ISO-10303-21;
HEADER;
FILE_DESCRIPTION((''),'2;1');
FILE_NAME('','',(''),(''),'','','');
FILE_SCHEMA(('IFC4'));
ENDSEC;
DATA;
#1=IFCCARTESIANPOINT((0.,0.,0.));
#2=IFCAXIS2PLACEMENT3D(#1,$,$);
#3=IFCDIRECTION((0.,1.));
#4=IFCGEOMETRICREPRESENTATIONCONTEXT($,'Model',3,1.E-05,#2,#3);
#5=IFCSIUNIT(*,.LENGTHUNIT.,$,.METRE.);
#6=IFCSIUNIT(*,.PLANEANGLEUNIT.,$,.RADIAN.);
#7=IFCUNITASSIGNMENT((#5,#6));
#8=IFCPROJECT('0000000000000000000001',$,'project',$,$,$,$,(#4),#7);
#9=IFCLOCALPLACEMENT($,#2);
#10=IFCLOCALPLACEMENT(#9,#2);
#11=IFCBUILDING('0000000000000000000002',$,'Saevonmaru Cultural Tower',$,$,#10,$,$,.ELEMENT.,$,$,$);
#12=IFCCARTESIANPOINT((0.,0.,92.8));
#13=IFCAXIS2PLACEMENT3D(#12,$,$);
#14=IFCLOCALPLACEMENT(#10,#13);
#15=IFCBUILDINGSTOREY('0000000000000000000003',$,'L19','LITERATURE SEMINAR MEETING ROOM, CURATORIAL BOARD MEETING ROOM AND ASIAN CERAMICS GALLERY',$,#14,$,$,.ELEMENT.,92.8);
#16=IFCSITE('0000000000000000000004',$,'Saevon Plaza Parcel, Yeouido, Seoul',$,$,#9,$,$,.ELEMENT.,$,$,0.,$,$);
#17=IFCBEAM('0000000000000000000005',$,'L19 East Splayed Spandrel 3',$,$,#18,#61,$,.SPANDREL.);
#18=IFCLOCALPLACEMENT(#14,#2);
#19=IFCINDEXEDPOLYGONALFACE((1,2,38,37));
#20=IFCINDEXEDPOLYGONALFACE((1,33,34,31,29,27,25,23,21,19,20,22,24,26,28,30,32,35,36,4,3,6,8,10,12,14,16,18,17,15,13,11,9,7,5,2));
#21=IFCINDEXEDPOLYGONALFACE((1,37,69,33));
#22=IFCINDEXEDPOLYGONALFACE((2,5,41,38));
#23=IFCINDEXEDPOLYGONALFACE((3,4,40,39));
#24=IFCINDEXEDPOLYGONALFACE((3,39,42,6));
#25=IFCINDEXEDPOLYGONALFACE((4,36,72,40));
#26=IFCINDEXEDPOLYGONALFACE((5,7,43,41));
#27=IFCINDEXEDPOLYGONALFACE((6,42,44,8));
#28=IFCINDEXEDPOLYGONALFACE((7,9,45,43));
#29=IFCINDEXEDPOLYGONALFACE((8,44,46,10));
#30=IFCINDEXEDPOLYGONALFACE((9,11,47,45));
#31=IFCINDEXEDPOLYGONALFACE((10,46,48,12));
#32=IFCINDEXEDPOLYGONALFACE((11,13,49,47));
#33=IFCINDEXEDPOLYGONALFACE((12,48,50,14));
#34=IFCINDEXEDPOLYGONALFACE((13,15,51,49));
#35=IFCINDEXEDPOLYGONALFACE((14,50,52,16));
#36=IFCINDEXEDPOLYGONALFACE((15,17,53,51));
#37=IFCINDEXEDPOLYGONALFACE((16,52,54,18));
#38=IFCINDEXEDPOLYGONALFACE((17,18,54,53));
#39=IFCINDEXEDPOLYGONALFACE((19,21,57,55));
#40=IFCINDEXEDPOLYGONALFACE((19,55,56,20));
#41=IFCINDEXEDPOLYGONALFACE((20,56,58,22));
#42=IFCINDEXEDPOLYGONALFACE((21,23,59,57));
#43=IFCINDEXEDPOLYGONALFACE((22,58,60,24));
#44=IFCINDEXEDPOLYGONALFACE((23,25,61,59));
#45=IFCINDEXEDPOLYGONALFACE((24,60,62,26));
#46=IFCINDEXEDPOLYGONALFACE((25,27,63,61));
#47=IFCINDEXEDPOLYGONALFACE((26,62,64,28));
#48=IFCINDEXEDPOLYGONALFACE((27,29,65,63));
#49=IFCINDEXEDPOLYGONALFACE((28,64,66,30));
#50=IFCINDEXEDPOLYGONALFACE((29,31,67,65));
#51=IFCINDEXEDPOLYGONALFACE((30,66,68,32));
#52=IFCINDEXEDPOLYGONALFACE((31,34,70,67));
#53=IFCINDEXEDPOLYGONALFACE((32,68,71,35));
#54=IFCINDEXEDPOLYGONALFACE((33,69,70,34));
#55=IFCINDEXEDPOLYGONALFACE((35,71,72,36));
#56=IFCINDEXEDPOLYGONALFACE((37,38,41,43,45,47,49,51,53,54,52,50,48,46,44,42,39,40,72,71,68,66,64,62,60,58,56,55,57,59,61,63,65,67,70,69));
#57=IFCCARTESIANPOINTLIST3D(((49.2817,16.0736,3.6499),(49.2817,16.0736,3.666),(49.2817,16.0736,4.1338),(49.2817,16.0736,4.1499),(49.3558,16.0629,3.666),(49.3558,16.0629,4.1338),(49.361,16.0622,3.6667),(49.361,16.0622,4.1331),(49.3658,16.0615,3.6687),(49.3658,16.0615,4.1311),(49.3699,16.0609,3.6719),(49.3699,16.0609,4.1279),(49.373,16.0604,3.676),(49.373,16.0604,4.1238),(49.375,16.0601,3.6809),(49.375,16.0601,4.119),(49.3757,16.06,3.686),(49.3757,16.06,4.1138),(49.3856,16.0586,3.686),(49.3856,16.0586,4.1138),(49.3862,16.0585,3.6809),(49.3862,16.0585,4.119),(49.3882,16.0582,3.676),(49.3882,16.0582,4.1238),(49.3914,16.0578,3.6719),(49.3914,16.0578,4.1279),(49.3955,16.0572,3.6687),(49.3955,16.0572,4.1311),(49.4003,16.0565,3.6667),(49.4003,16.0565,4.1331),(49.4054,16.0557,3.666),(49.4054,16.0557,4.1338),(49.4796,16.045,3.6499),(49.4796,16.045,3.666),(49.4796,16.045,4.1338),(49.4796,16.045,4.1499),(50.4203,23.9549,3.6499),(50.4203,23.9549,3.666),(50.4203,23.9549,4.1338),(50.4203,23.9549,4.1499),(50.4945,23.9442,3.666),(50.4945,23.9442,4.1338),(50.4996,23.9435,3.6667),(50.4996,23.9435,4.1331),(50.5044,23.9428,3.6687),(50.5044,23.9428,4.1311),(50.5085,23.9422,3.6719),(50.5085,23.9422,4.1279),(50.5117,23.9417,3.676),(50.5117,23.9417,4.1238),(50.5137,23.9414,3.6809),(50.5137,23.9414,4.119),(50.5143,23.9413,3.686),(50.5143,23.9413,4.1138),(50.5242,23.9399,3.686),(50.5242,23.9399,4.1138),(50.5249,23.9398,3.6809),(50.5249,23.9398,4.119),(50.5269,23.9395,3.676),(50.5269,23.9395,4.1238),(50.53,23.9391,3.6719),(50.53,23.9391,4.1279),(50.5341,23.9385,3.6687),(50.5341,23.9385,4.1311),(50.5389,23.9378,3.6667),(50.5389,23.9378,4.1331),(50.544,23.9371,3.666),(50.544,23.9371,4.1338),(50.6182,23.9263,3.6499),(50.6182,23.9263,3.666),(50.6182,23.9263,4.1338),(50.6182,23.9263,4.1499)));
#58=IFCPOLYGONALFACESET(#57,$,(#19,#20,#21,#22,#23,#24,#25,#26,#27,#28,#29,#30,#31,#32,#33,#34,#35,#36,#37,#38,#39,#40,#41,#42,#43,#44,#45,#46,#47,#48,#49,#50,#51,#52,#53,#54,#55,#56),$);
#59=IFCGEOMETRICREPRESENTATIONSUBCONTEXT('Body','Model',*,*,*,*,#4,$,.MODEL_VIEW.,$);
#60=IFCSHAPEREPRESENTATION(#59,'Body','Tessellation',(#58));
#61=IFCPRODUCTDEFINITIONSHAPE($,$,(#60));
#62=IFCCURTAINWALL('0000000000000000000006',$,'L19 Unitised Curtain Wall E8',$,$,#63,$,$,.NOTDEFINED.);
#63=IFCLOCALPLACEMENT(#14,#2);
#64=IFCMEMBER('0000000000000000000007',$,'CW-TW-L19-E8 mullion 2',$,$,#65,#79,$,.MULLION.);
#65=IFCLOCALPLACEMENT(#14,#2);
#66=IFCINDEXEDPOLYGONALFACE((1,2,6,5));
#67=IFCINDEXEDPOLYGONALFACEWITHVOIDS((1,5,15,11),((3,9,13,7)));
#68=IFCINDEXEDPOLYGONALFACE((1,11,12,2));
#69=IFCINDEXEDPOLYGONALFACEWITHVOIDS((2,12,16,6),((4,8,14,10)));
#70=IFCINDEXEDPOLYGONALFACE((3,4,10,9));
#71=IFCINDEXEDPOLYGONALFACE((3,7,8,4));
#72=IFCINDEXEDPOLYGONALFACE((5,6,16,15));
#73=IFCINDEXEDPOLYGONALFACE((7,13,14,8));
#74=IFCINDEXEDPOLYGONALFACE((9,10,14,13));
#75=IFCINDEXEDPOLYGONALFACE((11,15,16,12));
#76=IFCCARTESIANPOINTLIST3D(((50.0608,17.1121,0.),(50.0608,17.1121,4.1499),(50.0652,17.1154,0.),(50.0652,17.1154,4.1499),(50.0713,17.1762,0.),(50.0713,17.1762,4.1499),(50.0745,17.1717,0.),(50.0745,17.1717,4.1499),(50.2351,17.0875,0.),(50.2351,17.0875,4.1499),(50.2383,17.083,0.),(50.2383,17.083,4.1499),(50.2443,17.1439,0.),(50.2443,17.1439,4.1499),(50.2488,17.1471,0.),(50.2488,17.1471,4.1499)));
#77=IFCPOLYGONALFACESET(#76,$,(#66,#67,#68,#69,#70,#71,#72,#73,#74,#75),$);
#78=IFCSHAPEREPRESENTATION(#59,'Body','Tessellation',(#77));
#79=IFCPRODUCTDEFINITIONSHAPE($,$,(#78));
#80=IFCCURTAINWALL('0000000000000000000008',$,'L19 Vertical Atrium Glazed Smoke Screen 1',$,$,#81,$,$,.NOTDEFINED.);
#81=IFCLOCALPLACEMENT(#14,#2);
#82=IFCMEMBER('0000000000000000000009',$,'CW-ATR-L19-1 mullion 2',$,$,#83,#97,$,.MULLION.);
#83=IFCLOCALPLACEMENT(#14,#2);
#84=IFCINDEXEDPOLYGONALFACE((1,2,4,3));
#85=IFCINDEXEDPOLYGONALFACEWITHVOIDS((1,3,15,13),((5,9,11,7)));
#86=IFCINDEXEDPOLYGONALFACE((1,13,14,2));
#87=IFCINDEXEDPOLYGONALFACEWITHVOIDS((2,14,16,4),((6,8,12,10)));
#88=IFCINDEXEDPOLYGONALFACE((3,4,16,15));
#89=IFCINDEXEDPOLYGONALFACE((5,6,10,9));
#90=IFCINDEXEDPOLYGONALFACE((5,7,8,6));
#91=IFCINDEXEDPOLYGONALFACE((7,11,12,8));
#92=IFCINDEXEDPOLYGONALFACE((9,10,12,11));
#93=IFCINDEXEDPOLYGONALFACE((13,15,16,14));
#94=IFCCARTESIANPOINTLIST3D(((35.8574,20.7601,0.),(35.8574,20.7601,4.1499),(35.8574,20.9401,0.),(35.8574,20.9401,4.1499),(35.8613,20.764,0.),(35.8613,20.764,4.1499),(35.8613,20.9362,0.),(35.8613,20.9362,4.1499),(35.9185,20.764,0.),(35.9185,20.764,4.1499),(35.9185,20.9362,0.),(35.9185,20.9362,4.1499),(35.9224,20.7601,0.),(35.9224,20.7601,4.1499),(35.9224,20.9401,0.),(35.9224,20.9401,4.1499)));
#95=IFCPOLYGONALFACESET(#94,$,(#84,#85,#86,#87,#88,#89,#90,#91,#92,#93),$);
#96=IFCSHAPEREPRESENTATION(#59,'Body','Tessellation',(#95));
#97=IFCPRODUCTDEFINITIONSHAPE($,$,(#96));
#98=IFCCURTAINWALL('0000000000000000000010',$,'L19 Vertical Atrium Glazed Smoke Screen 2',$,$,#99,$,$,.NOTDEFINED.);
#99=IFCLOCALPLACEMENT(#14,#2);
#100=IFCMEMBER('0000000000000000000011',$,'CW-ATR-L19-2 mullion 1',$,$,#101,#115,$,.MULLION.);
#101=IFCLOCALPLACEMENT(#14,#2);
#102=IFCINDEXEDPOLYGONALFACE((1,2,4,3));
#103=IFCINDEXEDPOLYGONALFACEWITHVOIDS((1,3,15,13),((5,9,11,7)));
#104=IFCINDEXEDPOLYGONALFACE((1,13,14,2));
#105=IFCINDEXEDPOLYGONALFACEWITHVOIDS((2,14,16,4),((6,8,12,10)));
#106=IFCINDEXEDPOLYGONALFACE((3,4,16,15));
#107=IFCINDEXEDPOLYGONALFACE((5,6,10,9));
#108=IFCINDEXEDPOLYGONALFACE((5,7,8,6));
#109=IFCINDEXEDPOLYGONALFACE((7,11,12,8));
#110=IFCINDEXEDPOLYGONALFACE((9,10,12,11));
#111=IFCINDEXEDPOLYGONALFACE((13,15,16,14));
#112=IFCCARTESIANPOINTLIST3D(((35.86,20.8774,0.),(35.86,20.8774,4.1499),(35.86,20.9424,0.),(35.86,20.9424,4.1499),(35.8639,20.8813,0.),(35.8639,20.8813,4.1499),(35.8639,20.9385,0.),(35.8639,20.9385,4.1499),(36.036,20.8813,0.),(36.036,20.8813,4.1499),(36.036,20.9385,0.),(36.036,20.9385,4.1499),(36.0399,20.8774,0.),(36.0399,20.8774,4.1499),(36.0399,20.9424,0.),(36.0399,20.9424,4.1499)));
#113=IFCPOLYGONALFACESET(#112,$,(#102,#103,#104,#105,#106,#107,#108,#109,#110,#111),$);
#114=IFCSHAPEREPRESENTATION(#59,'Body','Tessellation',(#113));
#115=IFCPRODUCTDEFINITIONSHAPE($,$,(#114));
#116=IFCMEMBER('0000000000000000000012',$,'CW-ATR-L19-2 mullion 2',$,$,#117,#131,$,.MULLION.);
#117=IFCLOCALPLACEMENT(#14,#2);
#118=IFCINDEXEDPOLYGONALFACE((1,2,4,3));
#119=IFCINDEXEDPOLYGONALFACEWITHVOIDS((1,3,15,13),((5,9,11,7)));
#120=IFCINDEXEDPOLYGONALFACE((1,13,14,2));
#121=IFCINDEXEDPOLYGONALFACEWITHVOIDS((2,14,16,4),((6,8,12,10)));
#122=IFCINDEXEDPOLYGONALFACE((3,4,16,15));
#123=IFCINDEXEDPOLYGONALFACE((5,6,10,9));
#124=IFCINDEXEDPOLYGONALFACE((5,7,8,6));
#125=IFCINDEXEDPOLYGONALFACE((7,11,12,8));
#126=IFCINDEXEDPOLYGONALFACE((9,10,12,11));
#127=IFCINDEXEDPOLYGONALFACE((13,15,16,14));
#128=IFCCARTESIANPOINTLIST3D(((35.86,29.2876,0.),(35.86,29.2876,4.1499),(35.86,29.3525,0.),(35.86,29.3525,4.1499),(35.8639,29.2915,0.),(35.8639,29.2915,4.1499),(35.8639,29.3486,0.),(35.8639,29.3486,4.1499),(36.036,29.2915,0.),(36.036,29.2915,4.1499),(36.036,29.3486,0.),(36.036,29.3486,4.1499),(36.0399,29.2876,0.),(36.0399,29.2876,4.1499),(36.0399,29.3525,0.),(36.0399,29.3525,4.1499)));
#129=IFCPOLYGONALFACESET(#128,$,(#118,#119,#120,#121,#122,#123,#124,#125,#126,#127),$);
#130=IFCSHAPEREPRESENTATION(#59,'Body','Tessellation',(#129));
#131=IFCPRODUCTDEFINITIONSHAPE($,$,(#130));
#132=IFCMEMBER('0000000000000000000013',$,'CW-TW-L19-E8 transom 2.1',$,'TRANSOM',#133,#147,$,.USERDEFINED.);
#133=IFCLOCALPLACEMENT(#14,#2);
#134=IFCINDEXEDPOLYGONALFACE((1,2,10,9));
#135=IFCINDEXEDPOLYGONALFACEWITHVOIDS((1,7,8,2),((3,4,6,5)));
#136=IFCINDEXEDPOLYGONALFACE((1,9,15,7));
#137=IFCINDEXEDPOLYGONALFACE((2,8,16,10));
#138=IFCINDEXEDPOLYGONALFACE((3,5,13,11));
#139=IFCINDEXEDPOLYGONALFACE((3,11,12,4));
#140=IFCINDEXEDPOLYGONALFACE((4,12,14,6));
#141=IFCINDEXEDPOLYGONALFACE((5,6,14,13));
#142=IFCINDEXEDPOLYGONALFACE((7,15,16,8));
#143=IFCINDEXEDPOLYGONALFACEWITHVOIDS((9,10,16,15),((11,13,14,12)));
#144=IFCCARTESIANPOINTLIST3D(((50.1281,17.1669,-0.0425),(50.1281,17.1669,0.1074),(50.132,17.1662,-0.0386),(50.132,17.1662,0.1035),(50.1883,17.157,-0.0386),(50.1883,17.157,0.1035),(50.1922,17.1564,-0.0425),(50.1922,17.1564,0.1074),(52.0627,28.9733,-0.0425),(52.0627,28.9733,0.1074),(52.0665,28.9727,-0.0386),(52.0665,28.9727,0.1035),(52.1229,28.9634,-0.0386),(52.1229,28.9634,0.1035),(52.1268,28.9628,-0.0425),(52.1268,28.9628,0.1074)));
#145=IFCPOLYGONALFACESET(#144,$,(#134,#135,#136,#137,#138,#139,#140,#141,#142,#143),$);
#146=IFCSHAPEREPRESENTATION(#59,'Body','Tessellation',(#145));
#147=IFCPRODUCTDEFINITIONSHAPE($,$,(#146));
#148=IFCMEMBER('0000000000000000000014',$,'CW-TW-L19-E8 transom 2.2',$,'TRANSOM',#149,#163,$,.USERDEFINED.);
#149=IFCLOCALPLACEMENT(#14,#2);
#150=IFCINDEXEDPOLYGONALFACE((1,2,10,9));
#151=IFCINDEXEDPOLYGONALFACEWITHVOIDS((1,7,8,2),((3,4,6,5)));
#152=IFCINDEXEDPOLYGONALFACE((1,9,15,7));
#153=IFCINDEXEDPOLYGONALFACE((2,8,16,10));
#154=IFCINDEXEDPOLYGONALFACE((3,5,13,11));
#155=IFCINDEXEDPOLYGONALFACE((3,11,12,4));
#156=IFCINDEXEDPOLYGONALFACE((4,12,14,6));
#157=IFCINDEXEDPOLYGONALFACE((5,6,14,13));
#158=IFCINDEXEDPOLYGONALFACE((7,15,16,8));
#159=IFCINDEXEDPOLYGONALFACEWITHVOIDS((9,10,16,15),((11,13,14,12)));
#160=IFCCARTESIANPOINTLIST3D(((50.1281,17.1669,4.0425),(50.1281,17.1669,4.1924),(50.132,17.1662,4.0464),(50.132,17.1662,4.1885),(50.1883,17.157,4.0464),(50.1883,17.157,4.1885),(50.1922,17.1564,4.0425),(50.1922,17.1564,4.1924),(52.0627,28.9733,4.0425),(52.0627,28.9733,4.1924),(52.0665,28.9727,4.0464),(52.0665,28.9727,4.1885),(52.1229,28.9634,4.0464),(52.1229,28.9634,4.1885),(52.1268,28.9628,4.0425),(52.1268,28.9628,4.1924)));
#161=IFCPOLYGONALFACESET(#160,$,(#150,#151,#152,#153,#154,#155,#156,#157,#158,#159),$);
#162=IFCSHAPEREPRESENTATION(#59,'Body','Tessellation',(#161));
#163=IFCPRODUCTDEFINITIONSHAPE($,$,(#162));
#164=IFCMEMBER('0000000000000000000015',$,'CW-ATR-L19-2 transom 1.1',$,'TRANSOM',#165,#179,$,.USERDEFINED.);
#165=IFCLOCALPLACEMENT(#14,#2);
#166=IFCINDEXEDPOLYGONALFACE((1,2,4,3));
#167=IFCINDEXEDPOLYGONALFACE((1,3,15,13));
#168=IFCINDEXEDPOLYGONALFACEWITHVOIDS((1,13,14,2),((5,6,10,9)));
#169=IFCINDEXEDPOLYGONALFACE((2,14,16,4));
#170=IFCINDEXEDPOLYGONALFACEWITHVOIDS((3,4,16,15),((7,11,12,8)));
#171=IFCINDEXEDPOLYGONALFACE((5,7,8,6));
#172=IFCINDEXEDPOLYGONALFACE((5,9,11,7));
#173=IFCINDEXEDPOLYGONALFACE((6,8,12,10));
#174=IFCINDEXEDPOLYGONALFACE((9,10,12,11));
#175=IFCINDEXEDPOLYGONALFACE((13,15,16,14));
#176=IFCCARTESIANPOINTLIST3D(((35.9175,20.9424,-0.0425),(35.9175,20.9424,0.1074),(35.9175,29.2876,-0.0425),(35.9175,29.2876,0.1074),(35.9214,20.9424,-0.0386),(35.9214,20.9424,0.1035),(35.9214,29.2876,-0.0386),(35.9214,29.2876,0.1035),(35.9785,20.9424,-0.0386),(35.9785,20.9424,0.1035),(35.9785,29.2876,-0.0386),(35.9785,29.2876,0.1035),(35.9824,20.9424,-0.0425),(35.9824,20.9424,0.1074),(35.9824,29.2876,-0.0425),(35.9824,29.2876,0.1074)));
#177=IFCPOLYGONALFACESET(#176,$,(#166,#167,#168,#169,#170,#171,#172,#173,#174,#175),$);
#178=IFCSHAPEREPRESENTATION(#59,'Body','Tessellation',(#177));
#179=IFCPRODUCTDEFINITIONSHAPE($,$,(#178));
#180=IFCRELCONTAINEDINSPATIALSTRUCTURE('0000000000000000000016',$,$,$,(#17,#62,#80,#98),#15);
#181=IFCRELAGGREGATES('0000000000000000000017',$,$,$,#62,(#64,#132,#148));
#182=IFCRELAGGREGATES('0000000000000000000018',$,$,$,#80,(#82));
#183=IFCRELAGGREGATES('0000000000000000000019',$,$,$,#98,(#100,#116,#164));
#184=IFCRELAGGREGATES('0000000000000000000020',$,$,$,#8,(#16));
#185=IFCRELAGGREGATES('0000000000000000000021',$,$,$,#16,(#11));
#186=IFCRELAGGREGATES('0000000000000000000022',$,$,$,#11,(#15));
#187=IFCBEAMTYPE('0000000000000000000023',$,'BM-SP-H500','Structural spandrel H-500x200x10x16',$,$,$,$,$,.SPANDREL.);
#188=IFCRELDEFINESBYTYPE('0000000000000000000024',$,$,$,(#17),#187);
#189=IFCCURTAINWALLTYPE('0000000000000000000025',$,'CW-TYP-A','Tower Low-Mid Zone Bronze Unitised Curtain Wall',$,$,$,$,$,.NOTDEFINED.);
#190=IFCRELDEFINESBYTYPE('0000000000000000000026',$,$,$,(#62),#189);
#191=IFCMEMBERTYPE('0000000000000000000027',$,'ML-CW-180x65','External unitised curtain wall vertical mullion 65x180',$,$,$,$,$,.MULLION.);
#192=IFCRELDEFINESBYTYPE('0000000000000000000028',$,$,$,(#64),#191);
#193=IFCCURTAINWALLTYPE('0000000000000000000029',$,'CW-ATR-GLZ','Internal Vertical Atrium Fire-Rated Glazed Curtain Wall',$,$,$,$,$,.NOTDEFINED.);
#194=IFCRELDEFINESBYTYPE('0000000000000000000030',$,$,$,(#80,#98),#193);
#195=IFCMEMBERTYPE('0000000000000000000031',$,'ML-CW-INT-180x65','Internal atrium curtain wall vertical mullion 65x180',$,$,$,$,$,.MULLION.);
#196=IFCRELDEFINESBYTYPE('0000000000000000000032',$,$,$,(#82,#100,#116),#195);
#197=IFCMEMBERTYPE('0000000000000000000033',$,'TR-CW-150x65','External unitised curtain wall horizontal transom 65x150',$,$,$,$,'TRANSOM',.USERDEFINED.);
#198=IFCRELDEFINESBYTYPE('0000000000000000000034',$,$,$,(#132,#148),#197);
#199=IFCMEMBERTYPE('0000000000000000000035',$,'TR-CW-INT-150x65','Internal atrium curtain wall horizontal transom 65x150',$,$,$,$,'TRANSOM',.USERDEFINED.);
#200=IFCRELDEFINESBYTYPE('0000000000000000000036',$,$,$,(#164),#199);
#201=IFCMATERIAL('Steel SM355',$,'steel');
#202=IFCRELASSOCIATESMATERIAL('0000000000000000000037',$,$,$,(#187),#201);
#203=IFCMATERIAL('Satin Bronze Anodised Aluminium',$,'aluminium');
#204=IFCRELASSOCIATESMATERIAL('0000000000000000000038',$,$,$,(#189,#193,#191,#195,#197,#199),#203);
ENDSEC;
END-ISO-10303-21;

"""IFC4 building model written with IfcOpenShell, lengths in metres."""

from ifc_helpers import new_model, si_unit, direction, frame, origin, origin_2d, place, context, subcontext, project, spatial, hollow_rectangle, i_section, extrude, material, material_profile, profile_set, type_object, element, aggregate, save


model = new_model("IFC4")

# Units and contexts
model_context = context("Model", 3, precision=1e-05, world=origin(), true_north=direction((0.0, 1.0)))
body_context = subcontext(model_context, "Body", "Model", "MODEL_VIEW")
ifc_project = project(units=[si_unit("LENGTHUNIT", "METRE"), si_unit("PLANEANGLEUNIT", "RADIAN")], contexts=[model_context])

# Site, building, storey
site_placement = place(None, origin())
site = spatial("IfcSite", under=ifc_project, at=site_placement, Name="Saevon Plaza Parcel, Yeouido, Seoul", CompositionType="ELEMENT", RefElevation=0.0)
building_placement = place(site_placement, origin())
building = spatial("IfcBuilding", under=site, at=building_placement, Name="Saevonmaru Cultural Tower", CompositionType="ELEMENT")
storey_placement = place(building_placement, frame((0.0, 0.0, 92.8)))
storey = spatial("IfcBuildingStorey", under=building, at=storey_placement, Name="L19", Description="LITERATURE SEMINAR MEETING ROOM, CURATORIAL BOARD MEETING ROOM AND ASIAN CERAMICS GALLERY", CompositionType="ELEMENT", Elevation=92.8)

# Beam
ifc_material_1 = material(Name="Steel SM355", Category="steel")
ifc_material_profile_1 = material_profile(ifc_material_1, i_section(OverallWidth=0.2, OverallDepth=0.5, WebThickness=0.01, FlangeThickness=0.0161, FilletRadius=0.02, at=origin_2d()), Name="H-500x200x10x16")
ifc_profile_set_1 = profile_set([ifc_material_profile_1], Name="Steel SM355")
beam_type_1 = type_object("IfcBeamType", Name="BM-SP-H500", Description="Structural spandrel H-500x200x10x16", PredefinedType="SPANDREL", material=ifc_profile_set_1)
beam_1_placement = place(storey_placement, frame((49.3806, 16.0593, 3.8999), z_axis=(0.142992, 0.989724, 0.0), x_axis=(-0.989724, 0.142992, 0.0)))
element("IfcBeam", 1, at=beam_1_placement, inside=storey, type_object=beam_type_1, Name="L19 East Splayed Spandrel 3", PredefinedType="SPANDREL", context=body_context, shape_type="SweptSolid", body=[
    extrude(i_section(OverallWidth=0.2, OverallDepth=0.5, WebThickness=0.01, FlangeThickness=0.0161, FilletRadius=0.02, at=origin_2d()), origin(), (0.0, 0.0, 1.0), 7.9631),
])

# Curtain walls, members
ifc_material_2 = material(Name="Satin Bronze Anodised Aluminium", Category="aluminium")
curtain_wall_type_1 = type_object("IfcCurtainWallType", Name="CW-TYP-A", Description="Tower Low-Mid Zone Bronze Unitised Curtain Wall", PredefinedType="NOTDEFINED", material=ifc_material_2)
curtain_wall_1_placement = place(storey_placement, origin())
curtain_wall_1 = element("IfcCurtainWall", 2, at=curtain_wall_1_placement, inside=storey, type_object=curtain_wall_type_1, Name="L19 Unitised Curtain Wall E8", PredefinedType="NOTDEFINED")
ifc_material_profile_2 = material_profile(ifc_material_2, hollow_rectangle(XDim=0.0649, YDim=0.1799, WallThickness=0.0039, at=origin_2d()), Name="ALU-MULL-180x65x4")
ifc_profile_set_2 = profile_set([ifc_material_profile_2], Name="Satin Bronze Anodised Aluminium")
member_type_1 = type_object("IfcMemberType", Name="ML-CW-180x65", Description="External unitised curtain wall vertical mullion 65x180", PredefinedType="MULLION", material=ifc_profile_set_2)
member_1_placement = place(storey_placement, frame((50.1548, 17.1296, 0.0), z_axis=(0.0, 0.0, 1.0), x_axis=(0.161709, 0.986839, 0.0)))
member_1 = element("IfcMember", 3, at=member_1_placement, type_object=member_type_1, Name="CW-TW-L19-E8 mullion 2", PredefinedType="MULLION", context=body_context, shape_type="SweptSolid", body=[
    extrude(hollow_rectangle(XDim=0.0649, YDim=0.1799, WallThickness=0.0039, at=origin_2d()), origin(), (0.0, 0.0, 1.0), 4.1499),
])
curtain_wall_type_2 = type_object("IfcCurtainWallType", Name="CW-ATR-GLZ", Description="Internal Vertical Atrium Fire-Rated Glazed Curtain Wall", PredefinedType="NOTDEFINED", material=ifc_material_2)
curtain_wall_2_placement = place(storey_placement, origin())
curtain_wall_2 = element("IfcCurtainWall", 4, at=curtain_wall_2_placement, inside=storey, type_object=curtain_wall_type_2, Name="L19 Vertical Atrium Glazed Smoke Screen 1", PredefinedType="NOTDEFINED")
ifc_material_profile_3 = material_profile(ifc_material_2, hollow_rectangle(XDim=0.0649, YDim=0.1799, WallThickness=0.0039, at=origin_2d()), Name="ALU-MULL-180x65x4")
ifc_profile_set_3 = profile_set([ifc_material_profile_3], Name="Satin Bronze Anodised Aluminium")
member_type_2 = type_object("IfcMemberType", Name="ML-CW-INT-180x65", Description="Internal atrium curtain wall vertical mullion 65x180", PredefinedType="MULLION", material=ifc_profile_set_3)
member_2_placement = place(storey_placement, frame((35.8899, 20.8501, 0.0), z_axis=(0.0, 0.0, 1.0), x_axis=(1.0, 0.0, 0.0)))
member_2 = element("IfcMember", 5, at=member_2_placement, type_object=member_type_2, Name="CW-ATR-L19-1 mullion 2", PredefinedType="MULLION", context=body_context, shape_type="SweptSolid", body=[
    extrude(hollow_rectangle(XDim=0.0649, YDim=0.1799, WallThickness=0.0039, at=origin_2d()), origin(), (0.0, 0.0, 1.0), 4.1499),
])

# Curtain wall, members
curtain_wall_3_placement = place(storey_placement, origin())
curtain_wall_3 = element("IfcCurtainWall", 6, at=curtain_wall_3_placement, inside=storey, type_object=curtain_wall_type_2, Name="L19 Vertical Atrium Glazed Smoke Screen 2", PredefinedType="NOTDEFINED")
member_3_placement = place(storey_placement, frame((35.95, 20.9099, 0.0), z_axis=(0.0, 0.0, 1.0), x_axis=(0.0, 1.0, 0.0)))
member_3 = element("IfcMember", 7, at=member_3_placement, type_object=member_type_2, Name="CW-ATR-L19-2 mullion 1", PredefinedType="MULLION", context=body_context, shape_type="SweptSolid", body=[
    extrude(hollow_rectangle(XDim=0.0649, YDim=0.1799, WallThickness=0.0039, at=origin_2d()), origin(), (0.0, 0.0, 1.0), 4.1499),
])
member_4_placement = place(storey_placement, frame((35.95, 29.3201, 0.0), z_axis=(0.0, 0.0, 1.0), x_axis=(0.0, 1.0, 0.0)))
member_4 = element("IfcMember", 8, at=member_4_placement, type_object=member_type_2, Name="CW-ATR-L19-2 mullion 2", PredefinedType="MULLION", context=body_context, shape_type="SweptSolid", body=[
    extrude(hollow_rectangle(XDim=0.0649, YDim=0.1799, WallThickness=0.0039, at=origin_2d()), origin(), (0.0, 0.0, 1.0), 4.1499),
])

# Members
ifc_material_profile_4 = material_profile(ifc_material_2, hollow_rectangle(XDim=0.0649, YDim=0.1499, WallThickness=0.0039, at=origin_2d()), Name="ALU-TRAN-150x65x4")
ifc_profile_set_4 = profile_set([ifc_material_profile_4], Name="Satin Bronze Anodised Aluminium")
member_type_3 = type_object("IfcMemberType", Name="TR-CW-150x65", Description="External unitised curtain wall horizontal transom 65x150", ElementType="TRANSOM", PredefinedType="USERDEFINED", material=ifc_profile_set_4)
member_5_placement = place(storey_placement, frame((50.1602, 17.1616, 0.0325), z_axis=(0.161701, 0.98684, 0.0), x_axis=(-0.98684, 0.161701, 0.0)))
member_5 = element("IfcMember", 9, at=member_5_placement, type_object=member_type_3, Name="CW-TW-L19-E8 transom 2.1", ObjectType="TRANSOM", PredefinedType="USERDEFINED", context=body_context, shape_type="SweptSolid", body=[
    extrude(hollow_rectangle(XDim=0.0649, YDim=0.1499, WallThickness=0.0039, at=origin_2d()), origin(), (0.0, 0.0, 1.0), 11.9639),
])
member_6_placement = place(storey_placement, frame((50.1602, 17.1616, 4.1174), z_axis=(0.161701, 0.98684, 0.0), x_axis=(-0.98684, 0.161701, 0.0)))
member_6 = element("IfcMember", 10, at=member_6_placement, type_object=member_type_3, Name="CW-TW-L19-E8 transom 2.2", ObjectType="TRANSOM", PredefinedType="USERDEFINED", context=body_context, shape_type="SweptSolid", body=[
    extrude(hollow_rectangle(XDim=0.0649, YDim=0.1499, WallThickness=0.0039, at=origin_2d()), origin(), (0.0, 0.0, 1.0), 11.9639),
])
aggregate(curtain_wall_1, [member_1, member_5, member_6])
ifc_material_profile_5 = material_profile(ifc_material_2, hollow_rectangle(XDim=0.0649, YDim=0.1499, WallThickness=0.0039, at=origin_2d()), Name="ALU-TRAN-150x65x4")
ifc_profile_set_5 = profile_set([ifc_material_profile_5], Name="Satin Bronze Anodised Aluminium")
member_type_4 = type_object("IfcMemberType", Name="TR-CW-INT-150x65", Description="Internal atrium curtain wall horizontal transom 65x150", ElementType="TRANSOM", PredefinedType="USERDEFINED", material=ifc_profile_set_5)
member_7_placement = place(storey_placement, frame((35.95, 20.9424, 0.0325), z_axis=(0.0, 1.0, 0.0), x_axis=(-1.0, 0.0, 0.0)))
member_7 = element("IfcMember", 11, at=member_7_placement, type_object=member_type_4, Name="CW-ATR-L19-2 transom 1.1", ObjectType="TRANSOM", PredefinedType="USERDEFINED", context=body_context, shape_type="SweptSolid", body=[
    extrude(hollow_rectangle(XDim=0.0649, YDim=0.1499, WallThickness=0.0039, at=origin_2d()), origin(), (0.0, 0.0, 1.0), 8.3452),
])

aggregate(curtain_wall_2, [member_2])
aggregate(curtain_wall_3, [member_3, member_4, member_7])

save(model, "model.ifc")
